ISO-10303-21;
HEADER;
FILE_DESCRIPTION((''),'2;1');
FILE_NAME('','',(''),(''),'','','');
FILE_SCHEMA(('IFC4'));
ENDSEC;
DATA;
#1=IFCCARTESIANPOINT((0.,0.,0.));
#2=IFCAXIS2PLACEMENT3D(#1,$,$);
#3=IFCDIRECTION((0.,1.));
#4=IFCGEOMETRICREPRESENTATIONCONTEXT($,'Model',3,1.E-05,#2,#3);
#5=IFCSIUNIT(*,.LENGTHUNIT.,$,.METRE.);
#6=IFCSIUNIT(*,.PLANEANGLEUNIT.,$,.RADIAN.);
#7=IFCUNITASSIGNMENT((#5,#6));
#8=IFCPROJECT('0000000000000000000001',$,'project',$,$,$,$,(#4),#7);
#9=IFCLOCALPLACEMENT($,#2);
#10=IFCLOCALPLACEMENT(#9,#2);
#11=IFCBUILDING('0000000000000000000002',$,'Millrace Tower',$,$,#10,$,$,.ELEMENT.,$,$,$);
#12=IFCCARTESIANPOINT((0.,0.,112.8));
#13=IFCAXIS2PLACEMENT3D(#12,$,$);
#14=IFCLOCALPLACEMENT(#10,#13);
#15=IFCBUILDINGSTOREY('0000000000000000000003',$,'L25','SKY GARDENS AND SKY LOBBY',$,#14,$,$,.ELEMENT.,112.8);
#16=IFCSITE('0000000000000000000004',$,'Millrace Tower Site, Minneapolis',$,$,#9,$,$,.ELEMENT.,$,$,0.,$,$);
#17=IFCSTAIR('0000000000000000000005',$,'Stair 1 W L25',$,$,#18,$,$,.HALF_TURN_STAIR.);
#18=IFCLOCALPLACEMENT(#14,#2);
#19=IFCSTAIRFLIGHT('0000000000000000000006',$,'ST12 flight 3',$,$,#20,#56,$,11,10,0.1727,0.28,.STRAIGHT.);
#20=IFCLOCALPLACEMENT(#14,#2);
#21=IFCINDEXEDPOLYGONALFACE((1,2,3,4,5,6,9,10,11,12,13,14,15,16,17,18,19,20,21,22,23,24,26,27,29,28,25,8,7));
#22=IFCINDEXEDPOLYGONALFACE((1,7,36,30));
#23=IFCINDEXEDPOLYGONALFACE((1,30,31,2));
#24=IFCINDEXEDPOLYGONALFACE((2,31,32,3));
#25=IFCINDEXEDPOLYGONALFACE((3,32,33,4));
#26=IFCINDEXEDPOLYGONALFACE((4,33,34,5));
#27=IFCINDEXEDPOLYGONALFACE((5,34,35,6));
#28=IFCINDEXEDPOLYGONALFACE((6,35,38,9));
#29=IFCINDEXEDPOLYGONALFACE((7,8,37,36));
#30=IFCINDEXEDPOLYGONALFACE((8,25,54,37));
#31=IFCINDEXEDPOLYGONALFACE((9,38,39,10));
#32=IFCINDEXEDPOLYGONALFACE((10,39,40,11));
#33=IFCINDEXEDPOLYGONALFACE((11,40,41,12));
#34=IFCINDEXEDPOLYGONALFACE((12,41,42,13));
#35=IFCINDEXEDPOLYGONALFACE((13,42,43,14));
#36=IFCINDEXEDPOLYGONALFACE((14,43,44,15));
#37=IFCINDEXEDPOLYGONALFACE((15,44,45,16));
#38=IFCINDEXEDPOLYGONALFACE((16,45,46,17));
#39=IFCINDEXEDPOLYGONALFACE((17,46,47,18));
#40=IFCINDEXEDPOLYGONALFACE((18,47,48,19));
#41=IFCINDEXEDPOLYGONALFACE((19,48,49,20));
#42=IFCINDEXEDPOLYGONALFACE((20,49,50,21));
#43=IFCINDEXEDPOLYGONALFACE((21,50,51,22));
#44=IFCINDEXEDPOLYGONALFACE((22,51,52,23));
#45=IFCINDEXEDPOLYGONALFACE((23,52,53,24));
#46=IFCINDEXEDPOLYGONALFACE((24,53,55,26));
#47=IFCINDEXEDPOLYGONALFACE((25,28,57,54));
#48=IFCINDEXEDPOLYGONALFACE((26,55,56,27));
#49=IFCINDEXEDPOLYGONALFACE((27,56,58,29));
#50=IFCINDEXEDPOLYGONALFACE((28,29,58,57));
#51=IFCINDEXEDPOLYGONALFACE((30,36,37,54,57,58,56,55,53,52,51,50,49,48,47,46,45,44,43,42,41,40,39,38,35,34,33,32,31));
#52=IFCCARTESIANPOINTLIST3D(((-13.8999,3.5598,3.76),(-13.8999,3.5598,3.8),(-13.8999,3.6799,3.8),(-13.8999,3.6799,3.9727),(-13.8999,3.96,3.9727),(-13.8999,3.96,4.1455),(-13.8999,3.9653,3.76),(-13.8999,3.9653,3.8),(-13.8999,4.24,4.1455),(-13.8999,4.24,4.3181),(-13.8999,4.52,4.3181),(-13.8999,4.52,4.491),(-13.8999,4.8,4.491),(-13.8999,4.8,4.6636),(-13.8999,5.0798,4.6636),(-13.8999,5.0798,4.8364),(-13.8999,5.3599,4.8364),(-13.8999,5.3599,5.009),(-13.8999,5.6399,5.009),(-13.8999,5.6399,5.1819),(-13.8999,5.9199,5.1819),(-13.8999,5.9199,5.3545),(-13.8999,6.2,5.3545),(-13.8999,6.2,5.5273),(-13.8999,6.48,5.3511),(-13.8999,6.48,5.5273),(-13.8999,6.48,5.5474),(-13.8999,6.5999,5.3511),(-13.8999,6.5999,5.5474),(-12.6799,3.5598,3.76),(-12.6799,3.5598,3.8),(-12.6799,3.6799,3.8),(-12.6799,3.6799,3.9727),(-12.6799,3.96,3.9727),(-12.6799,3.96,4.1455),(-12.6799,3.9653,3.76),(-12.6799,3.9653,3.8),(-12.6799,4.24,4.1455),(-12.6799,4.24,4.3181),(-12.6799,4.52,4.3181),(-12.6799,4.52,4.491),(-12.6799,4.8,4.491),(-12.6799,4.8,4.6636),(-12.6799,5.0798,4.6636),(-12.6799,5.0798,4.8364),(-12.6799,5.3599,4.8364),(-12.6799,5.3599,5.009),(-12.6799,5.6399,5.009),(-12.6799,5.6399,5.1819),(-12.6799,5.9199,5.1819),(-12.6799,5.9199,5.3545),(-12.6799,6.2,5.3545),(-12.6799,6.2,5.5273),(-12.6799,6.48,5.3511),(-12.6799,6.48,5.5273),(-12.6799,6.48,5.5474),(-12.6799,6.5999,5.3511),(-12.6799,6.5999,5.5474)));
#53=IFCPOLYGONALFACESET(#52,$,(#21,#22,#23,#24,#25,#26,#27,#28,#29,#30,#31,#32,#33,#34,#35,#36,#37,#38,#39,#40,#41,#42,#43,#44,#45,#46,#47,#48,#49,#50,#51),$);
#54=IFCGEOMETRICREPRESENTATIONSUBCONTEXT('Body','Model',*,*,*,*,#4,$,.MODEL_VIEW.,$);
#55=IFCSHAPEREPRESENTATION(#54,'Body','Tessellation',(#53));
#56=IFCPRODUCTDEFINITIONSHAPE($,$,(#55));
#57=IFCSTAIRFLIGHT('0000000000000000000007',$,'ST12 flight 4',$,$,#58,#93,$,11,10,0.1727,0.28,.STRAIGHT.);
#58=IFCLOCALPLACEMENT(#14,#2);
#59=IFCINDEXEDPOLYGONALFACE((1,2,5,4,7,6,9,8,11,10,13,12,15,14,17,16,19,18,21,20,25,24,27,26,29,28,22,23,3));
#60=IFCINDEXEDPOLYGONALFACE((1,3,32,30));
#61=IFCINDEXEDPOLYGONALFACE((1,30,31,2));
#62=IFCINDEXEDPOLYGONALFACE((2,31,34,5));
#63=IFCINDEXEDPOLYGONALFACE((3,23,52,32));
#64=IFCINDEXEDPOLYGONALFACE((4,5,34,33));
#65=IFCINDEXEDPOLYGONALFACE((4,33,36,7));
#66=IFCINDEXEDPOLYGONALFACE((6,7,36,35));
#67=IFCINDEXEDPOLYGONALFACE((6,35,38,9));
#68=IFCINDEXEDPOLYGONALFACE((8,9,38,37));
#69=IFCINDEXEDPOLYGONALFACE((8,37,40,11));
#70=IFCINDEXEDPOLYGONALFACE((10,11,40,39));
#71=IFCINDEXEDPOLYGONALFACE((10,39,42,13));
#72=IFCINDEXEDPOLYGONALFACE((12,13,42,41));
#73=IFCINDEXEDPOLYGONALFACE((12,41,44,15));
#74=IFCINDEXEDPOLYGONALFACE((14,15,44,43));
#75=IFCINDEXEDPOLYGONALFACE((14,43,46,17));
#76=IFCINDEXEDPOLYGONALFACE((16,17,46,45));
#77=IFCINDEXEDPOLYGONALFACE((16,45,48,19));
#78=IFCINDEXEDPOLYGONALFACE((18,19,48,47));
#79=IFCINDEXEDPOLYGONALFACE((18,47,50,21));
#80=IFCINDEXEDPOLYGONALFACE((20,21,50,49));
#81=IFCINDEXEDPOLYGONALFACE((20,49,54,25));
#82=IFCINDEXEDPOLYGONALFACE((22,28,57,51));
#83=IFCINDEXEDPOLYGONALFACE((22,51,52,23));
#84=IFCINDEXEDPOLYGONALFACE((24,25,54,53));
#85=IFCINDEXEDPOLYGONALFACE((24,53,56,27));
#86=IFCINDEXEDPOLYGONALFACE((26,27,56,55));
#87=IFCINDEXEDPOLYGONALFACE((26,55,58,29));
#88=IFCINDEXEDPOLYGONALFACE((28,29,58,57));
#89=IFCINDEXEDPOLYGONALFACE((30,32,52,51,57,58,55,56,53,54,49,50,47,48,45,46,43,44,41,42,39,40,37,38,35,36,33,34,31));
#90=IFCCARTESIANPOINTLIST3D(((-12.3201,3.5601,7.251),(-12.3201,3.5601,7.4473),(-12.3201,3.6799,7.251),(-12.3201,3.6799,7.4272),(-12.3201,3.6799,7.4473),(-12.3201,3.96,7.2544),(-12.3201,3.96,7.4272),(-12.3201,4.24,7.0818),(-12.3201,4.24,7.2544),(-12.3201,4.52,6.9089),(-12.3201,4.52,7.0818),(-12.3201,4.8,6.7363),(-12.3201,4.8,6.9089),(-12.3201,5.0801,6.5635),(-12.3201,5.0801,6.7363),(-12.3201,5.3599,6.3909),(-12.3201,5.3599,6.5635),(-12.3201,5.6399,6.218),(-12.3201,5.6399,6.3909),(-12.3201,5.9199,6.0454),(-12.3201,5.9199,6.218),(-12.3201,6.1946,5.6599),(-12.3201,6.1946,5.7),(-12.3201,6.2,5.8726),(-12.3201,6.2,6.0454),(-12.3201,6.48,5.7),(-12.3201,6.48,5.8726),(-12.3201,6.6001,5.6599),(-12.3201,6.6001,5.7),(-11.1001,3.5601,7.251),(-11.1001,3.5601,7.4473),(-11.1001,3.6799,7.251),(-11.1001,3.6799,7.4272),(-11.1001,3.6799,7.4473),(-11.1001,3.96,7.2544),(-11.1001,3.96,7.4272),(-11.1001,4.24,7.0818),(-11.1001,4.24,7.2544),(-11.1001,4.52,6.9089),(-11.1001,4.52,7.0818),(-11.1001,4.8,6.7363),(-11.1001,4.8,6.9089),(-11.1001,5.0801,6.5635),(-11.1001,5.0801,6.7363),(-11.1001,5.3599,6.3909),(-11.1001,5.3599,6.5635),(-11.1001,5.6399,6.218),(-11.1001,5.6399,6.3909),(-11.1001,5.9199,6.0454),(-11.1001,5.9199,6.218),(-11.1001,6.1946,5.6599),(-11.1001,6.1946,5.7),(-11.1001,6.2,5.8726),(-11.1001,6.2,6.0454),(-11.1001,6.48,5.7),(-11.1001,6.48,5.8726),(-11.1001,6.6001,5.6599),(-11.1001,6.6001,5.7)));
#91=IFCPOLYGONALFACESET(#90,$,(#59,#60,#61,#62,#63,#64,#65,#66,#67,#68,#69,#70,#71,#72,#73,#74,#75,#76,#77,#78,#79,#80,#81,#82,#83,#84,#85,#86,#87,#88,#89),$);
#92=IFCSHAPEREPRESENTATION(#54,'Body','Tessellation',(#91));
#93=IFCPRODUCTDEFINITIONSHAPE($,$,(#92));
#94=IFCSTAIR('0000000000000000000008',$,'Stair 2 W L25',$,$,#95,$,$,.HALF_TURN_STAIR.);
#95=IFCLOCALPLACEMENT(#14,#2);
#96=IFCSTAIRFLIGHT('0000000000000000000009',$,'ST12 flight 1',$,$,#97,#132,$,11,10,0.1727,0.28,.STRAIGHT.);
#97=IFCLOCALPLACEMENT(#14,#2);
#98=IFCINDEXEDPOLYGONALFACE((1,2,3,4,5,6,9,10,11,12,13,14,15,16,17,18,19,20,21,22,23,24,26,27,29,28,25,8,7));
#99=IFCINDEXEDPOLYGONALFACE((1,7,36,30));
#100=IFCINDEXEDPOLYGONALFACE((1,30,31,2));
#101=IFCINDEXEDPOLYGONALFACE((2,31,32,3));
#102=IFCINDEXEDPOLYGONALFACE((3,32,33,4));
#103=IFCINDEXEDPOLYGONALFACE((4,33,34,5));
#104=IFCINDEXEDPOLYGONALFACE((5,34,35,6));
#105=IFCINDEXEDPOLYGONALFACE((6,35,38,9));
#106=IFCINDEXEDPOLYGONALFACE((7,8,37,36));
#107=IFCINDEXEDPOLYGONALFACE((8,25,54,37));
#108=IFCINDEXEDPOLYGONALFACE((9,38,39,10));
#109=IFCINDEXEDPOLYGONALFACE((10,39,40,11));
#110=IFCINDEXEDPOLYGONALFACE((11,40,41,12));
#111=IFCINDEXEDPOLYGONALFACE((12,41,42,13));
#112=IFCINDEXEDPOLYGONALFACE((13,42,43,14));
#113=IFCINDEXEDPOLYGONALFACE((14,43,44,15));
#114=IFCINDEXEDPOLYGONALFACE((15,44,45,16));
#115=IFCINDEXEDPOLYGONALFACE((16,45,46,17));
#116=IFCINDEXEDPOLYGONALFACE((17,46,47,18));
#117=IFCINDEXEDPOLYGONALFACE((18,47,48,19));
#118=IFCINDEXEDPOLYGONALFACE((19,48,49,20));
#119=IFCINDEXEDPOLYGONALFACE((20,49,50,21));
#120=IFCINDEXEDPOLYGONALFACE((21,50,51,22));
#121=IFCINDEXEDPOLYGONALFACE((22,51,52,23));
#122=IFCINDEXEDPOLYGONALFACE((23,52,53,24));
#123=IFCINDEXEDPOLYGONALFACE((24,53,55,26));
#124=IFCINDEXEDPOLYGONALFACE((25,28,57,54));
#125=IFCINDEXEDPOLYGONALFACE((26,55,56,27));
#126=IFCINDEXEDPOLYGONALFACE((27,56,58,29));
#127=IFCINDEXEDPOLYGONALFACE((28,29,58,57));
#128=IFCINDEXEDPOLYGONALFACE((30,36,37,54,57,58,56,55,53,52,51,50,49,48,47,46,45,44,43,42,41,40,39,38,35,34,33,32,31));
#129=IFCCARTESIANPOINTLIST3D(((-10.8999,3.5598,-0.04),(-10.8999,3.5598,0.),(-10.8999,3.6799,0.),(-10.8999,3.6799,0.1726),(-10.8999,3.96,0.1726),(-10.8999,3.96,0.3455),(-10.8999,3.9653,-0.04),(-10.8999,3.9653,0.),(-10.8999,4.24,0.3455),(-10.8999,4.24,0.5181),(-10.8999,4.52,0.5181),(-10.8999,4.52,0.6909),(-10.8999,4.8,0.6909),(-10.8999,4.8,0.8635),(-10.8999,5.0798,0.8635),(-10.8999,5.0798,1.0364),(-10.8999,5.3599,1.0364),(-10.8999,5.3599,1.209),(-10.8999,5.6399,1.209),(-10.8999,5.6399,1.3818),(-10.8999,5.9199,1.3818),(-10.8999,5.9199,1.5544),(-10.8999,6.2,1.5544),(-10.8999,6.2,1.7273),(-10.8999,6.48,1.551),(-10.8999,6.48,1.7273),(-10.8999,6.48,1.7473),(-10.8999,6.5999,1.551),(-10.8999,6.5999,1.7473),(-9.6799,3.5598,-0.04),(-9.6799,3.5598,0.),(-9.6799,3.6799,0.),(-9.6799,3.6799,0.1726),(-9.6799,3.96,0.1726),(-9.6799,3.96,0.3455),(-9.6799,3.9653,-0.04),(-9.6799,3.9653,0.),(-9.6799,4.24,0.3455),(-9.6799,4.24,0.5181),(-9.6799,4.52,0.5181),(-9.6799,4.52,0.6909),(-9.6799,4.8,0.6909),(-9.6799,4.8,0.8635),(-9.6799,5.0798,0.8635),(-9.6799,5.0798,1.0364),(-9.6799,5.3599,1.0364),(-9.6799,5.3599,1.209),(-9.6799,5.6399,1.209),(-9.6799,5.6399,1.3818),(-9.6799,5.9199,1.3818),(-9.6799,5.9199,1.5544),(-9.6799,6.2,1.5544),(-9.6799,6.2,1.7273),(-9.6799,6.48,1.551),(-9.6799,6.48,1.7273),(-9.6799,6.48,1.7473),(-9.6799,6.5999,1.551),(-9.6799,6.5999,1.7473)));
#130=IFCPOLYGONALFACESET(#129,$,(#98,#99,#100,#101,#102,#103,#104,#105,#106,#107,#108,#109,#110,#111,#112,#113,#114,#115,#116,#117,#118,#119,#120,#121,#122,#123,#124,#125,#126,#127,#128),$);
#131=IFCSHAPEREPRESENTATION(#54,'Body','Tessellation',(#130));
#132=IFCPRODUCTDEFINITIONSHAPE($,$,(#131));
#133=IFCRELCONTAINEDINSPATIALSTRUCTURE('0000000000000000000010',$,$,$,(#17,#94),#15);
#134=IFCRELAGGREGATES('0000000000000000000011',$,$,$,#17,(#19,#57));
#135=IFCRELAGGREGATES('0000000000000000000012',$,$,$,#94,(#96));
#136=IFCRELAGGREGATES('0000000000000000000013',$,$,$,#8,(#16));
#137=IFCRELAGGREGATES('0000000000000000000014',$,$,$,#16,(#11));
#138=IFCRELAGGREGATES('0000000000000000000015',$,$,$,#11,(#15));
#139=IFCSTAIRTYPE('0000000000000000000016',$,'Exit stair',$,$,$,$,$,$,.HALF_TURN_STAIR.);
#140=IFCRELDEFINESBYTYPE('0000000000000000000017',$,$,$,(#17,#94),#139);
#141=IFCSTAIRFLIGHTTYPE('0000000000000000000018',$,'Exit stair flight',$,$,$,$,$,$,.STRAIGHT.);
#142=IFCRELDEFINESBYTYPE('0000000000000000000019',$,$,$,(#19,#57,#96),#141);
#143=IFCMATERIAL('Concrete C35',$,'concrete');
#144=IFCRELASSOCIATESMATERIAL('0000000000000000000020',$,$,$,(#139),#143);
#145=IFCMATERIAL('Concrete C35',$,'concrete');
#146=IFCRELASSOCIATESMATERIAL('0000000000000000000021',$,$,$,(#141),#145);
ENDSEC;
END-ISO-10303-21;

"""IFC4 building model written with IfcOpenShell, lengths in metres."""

from ifc_helpers import new_model, si_unit, direction, frame, origin, place, context, subcontext, project, spatial, polyline, outline, extrude, material, type_object, element, aggregate, save


model = new_model("IFC4")

# Units and contexts
model_context = context("Model", 3, precision=1e-05, world=origin(), true_north=direction((0.0, 1.0)))
body_context = subcontext(model_context, "Body", "Model", "MODEL_VIEW")
ifc_project = project(units=[si_unit("LENGTHUNIT", "METRE"), si_unit("PLANEANGLEUNIT", "RADIAN")], contexts=[model_context])

# Site, building, storey
site_placement = place(None, origin())
site = spatial("IfcSite", under=ifc_project, at=site_placement, Name="Millrace Tower Site, Minneapolis", CompositionType="ELEMENT", RefElevation=0.0)
building_placement = place(site_placement, origin())
building = spatial("IfcBuilding", under=site, at=building_placement, Name="Millrace Tower", CompositionType="ELEMENT")
storey_placement = place(building_placement, frame((0.0, 0.0, 112.8)))
storey = spatial("IfcBuildingStorey", under=building, at=storey_placement, Name="L25", Description="SKY GARDENS AND SKY LOBBY", CompositionType="ELEMENT", Elevation=112.8)

# Shared definitions
placement = place(storey_placement, origin())

# Stair, stair flights
ifc_material_1 = material(Name="Concrete C35", Category="concrete")
stair_type = type_object("IfcStairType", Name="Exit stair", PredefinedType="HALF_TURN_STAIR", material=ifc_material_1)
stair_1 = element("IfcStair", 1, at=placement, inside=storey, type_object=stair_type, Name="Stair 1 W L25", PredefinedType="HALF_TURN_STAIR")
ifc_material_2 = material(Name="Concrete C35", Category="concrete")
stair_flight_type = type_object("IfcStairFlightType", Name="Exit stair flight", PredefinedType="STRAIGHT", material=ifc_material_2)
stair_flight_1_placement = place(storey_placement, frame((-13.29, 3.6799, 3.8), z_axis=(0.0, 0.0, 1.0), x_axis=(0.0, 1.0, 0.0)))
stair_flight_1 = element("IfcStairFlight", 2, at=stair_flight_1_placement, type_object=stair_flight_type, Name="ST12 flight 3", NumberOfRisers=11, NumberOfTreads=10, PredefinedType="STRAIGHT", RiserHeight=0.1727, TreadLength=0.28, context=body_context, shape_type="SweptSolid", body=[
    extrude(outline(polyline([(-0.1201, -0.04), (-0.1201, 0.0), (0.0, 0.0), (0.0, 0.1726), (0.28, 0.1726), (0.28, 0.3455), (0.5601, 0.3455), (0.5601, 0.5181), (0.8401, 0.5181), (0.8401, 0.6909), (1.1201, 0.6909), (1.1201, 0.8635), (1.3999, 0.8635), (1.3999, 1.0364), (1.6799, 1.0364), (1.6799, 1.209), (1.96, 1.209), (1.96, 1.3818), (2.24, 1.3818), (2.24, 1.5544), (2.52, 1.5544), (2.52, 1.7273), (2.8, 1.7273), (2.8, 1.7473), (2.9199, 1.7473), (2.9199, 1.551), (2.8, 1.551), (0.2854, 0.0), (0.2854, -0.04), (-0.1201, -0.04)])), frame((0.0, 0.6099, 0.0), z_axis=(0.0, -1.0, 0.0), x_axis=(1.0, 0.0, 0.0)), (0.0, 0.0, 1.0), 1.22),
])
stair_flight_2_placement = place(storey_placement, frame((-11.71, 6.48, 5.7), z_axis=(0.0, 0.0, 1.0), x_axis=(0.0, -1.0, 0.0)))
stair_flight_2 = element("IfcStairFlight", 3, at=stair_flight_2_placement, type_object=stair_flight_type, Name="ST12 flight 4", NumberOfRisers=11, NumberOfTreads=10, PredefinedType="STRAIGHT", RiserHeight=0.1727, TreadLength=0.28, context=body_context, shape_type="SweptSolid", body=[
    extrude(outline(polyline([(-0.1201, -0.04), (-0.1201, 0.0), (0.0, 0.0), (0.0, 0.1726), (0.28, 0.1726), (0.28, 0.3455), (0.5601, 0.3455), (0.5601, 0.5181), (0.8401, 0.5181), (0.8401, 0.6909), (1.1201, 0.6909), (1.1201, 0.8635), (1.3999, 0.8635), (1.3999, 1.0364), (1.6799, 1.0364), (1.6799, 1.209), (1.96, 1.209), (1.96, 1.3818), (2.24, 1.3818), (2.24, 1.5544), (2.52, 1.5544), (2.52, 1.7273), (2.8, 1.7273), (2.8, 1.7473), (2.9199, 1.7473), (2.9199, 1.551), (2.8, 1.551), (0.2854, 0.0), (0.2854, -0.04), (-0.1201, -0.04)])), frame((0.0, 0.6099, 0.0), z_axis=(0.0, -1.0, 0.0), x_axis=(1.0, 0.0, 0.0)), (0.0, 0.0, 1.0), 1.22),
])
aggregate(stair_1, [stair_flight_1, stair_flight_2])

# Stair, stair flight
stair_2 = element("IfcStair", 4, at=placement, inside=storey, type_object=stair_type, Name="Stair 2 W L25", PredefinedType="HALF_TURN_STAIR")
stair_flight_3_placement = place(storey_placement, frame((-10.29, 3.6799, 0.0), z_axis=(0.0, 0.0, 1.0), x_axis=(0.0, 1.0, 0.0)))
stair_flight_3 = element("IfcStairFlight", 5, at=stair_flight_3_placement, type_object=stair_flight_type, Name="ST12 flight 1", NumberOfRisers=11, NumberOfTreads=10, PredefinedType="STRAIGHT", RiserHeight=0.1727, TreadLength=0.28, context=body_context, shape_type="SweptSolid", body=[
    extrude(outline(polyline([(-0.1201, -0.04), (-0.1201, 0.0), (0.0, 0.0), (0.0, 0.1726), (0.28, 0.1726), (0.28, 0.3455), (0.5601, 0.3455), (0.5601, 0.5181), (0.8401, 0.5181), (0.8401, 0.6909), (1.1201, 0.6909), (1.1201, 0.8635), (1.3999, 0.8635), (1.3999, 1.0364), (1.6799, 1.0364), (1.6799, 1.209), (1.96, 1.209), (1.96, 1.3818), (2.24, 1.3818), (2.24, 1.5544), (2.52, 1.5544), (2.52, 1.7273), (2.8, 1.7273), (2.8, 1.7473), (2.9199, 1.7473), (2.9199, 1.551), (2.8, 1.551), (0.2854, 0.0), (0.2854, -0.04), (-0.1201, -0.04)])), frame((0.0, 0.6099, 0.0), z_axis=(0.0, -1.0, 0.0), x_axis=(1.0, 0.0, 0.0)), (0.0, 0.0, 1.0), 1.22),
])
aggregate(stair_2, [stair_flight_3])

save(model, "model.ifc")
